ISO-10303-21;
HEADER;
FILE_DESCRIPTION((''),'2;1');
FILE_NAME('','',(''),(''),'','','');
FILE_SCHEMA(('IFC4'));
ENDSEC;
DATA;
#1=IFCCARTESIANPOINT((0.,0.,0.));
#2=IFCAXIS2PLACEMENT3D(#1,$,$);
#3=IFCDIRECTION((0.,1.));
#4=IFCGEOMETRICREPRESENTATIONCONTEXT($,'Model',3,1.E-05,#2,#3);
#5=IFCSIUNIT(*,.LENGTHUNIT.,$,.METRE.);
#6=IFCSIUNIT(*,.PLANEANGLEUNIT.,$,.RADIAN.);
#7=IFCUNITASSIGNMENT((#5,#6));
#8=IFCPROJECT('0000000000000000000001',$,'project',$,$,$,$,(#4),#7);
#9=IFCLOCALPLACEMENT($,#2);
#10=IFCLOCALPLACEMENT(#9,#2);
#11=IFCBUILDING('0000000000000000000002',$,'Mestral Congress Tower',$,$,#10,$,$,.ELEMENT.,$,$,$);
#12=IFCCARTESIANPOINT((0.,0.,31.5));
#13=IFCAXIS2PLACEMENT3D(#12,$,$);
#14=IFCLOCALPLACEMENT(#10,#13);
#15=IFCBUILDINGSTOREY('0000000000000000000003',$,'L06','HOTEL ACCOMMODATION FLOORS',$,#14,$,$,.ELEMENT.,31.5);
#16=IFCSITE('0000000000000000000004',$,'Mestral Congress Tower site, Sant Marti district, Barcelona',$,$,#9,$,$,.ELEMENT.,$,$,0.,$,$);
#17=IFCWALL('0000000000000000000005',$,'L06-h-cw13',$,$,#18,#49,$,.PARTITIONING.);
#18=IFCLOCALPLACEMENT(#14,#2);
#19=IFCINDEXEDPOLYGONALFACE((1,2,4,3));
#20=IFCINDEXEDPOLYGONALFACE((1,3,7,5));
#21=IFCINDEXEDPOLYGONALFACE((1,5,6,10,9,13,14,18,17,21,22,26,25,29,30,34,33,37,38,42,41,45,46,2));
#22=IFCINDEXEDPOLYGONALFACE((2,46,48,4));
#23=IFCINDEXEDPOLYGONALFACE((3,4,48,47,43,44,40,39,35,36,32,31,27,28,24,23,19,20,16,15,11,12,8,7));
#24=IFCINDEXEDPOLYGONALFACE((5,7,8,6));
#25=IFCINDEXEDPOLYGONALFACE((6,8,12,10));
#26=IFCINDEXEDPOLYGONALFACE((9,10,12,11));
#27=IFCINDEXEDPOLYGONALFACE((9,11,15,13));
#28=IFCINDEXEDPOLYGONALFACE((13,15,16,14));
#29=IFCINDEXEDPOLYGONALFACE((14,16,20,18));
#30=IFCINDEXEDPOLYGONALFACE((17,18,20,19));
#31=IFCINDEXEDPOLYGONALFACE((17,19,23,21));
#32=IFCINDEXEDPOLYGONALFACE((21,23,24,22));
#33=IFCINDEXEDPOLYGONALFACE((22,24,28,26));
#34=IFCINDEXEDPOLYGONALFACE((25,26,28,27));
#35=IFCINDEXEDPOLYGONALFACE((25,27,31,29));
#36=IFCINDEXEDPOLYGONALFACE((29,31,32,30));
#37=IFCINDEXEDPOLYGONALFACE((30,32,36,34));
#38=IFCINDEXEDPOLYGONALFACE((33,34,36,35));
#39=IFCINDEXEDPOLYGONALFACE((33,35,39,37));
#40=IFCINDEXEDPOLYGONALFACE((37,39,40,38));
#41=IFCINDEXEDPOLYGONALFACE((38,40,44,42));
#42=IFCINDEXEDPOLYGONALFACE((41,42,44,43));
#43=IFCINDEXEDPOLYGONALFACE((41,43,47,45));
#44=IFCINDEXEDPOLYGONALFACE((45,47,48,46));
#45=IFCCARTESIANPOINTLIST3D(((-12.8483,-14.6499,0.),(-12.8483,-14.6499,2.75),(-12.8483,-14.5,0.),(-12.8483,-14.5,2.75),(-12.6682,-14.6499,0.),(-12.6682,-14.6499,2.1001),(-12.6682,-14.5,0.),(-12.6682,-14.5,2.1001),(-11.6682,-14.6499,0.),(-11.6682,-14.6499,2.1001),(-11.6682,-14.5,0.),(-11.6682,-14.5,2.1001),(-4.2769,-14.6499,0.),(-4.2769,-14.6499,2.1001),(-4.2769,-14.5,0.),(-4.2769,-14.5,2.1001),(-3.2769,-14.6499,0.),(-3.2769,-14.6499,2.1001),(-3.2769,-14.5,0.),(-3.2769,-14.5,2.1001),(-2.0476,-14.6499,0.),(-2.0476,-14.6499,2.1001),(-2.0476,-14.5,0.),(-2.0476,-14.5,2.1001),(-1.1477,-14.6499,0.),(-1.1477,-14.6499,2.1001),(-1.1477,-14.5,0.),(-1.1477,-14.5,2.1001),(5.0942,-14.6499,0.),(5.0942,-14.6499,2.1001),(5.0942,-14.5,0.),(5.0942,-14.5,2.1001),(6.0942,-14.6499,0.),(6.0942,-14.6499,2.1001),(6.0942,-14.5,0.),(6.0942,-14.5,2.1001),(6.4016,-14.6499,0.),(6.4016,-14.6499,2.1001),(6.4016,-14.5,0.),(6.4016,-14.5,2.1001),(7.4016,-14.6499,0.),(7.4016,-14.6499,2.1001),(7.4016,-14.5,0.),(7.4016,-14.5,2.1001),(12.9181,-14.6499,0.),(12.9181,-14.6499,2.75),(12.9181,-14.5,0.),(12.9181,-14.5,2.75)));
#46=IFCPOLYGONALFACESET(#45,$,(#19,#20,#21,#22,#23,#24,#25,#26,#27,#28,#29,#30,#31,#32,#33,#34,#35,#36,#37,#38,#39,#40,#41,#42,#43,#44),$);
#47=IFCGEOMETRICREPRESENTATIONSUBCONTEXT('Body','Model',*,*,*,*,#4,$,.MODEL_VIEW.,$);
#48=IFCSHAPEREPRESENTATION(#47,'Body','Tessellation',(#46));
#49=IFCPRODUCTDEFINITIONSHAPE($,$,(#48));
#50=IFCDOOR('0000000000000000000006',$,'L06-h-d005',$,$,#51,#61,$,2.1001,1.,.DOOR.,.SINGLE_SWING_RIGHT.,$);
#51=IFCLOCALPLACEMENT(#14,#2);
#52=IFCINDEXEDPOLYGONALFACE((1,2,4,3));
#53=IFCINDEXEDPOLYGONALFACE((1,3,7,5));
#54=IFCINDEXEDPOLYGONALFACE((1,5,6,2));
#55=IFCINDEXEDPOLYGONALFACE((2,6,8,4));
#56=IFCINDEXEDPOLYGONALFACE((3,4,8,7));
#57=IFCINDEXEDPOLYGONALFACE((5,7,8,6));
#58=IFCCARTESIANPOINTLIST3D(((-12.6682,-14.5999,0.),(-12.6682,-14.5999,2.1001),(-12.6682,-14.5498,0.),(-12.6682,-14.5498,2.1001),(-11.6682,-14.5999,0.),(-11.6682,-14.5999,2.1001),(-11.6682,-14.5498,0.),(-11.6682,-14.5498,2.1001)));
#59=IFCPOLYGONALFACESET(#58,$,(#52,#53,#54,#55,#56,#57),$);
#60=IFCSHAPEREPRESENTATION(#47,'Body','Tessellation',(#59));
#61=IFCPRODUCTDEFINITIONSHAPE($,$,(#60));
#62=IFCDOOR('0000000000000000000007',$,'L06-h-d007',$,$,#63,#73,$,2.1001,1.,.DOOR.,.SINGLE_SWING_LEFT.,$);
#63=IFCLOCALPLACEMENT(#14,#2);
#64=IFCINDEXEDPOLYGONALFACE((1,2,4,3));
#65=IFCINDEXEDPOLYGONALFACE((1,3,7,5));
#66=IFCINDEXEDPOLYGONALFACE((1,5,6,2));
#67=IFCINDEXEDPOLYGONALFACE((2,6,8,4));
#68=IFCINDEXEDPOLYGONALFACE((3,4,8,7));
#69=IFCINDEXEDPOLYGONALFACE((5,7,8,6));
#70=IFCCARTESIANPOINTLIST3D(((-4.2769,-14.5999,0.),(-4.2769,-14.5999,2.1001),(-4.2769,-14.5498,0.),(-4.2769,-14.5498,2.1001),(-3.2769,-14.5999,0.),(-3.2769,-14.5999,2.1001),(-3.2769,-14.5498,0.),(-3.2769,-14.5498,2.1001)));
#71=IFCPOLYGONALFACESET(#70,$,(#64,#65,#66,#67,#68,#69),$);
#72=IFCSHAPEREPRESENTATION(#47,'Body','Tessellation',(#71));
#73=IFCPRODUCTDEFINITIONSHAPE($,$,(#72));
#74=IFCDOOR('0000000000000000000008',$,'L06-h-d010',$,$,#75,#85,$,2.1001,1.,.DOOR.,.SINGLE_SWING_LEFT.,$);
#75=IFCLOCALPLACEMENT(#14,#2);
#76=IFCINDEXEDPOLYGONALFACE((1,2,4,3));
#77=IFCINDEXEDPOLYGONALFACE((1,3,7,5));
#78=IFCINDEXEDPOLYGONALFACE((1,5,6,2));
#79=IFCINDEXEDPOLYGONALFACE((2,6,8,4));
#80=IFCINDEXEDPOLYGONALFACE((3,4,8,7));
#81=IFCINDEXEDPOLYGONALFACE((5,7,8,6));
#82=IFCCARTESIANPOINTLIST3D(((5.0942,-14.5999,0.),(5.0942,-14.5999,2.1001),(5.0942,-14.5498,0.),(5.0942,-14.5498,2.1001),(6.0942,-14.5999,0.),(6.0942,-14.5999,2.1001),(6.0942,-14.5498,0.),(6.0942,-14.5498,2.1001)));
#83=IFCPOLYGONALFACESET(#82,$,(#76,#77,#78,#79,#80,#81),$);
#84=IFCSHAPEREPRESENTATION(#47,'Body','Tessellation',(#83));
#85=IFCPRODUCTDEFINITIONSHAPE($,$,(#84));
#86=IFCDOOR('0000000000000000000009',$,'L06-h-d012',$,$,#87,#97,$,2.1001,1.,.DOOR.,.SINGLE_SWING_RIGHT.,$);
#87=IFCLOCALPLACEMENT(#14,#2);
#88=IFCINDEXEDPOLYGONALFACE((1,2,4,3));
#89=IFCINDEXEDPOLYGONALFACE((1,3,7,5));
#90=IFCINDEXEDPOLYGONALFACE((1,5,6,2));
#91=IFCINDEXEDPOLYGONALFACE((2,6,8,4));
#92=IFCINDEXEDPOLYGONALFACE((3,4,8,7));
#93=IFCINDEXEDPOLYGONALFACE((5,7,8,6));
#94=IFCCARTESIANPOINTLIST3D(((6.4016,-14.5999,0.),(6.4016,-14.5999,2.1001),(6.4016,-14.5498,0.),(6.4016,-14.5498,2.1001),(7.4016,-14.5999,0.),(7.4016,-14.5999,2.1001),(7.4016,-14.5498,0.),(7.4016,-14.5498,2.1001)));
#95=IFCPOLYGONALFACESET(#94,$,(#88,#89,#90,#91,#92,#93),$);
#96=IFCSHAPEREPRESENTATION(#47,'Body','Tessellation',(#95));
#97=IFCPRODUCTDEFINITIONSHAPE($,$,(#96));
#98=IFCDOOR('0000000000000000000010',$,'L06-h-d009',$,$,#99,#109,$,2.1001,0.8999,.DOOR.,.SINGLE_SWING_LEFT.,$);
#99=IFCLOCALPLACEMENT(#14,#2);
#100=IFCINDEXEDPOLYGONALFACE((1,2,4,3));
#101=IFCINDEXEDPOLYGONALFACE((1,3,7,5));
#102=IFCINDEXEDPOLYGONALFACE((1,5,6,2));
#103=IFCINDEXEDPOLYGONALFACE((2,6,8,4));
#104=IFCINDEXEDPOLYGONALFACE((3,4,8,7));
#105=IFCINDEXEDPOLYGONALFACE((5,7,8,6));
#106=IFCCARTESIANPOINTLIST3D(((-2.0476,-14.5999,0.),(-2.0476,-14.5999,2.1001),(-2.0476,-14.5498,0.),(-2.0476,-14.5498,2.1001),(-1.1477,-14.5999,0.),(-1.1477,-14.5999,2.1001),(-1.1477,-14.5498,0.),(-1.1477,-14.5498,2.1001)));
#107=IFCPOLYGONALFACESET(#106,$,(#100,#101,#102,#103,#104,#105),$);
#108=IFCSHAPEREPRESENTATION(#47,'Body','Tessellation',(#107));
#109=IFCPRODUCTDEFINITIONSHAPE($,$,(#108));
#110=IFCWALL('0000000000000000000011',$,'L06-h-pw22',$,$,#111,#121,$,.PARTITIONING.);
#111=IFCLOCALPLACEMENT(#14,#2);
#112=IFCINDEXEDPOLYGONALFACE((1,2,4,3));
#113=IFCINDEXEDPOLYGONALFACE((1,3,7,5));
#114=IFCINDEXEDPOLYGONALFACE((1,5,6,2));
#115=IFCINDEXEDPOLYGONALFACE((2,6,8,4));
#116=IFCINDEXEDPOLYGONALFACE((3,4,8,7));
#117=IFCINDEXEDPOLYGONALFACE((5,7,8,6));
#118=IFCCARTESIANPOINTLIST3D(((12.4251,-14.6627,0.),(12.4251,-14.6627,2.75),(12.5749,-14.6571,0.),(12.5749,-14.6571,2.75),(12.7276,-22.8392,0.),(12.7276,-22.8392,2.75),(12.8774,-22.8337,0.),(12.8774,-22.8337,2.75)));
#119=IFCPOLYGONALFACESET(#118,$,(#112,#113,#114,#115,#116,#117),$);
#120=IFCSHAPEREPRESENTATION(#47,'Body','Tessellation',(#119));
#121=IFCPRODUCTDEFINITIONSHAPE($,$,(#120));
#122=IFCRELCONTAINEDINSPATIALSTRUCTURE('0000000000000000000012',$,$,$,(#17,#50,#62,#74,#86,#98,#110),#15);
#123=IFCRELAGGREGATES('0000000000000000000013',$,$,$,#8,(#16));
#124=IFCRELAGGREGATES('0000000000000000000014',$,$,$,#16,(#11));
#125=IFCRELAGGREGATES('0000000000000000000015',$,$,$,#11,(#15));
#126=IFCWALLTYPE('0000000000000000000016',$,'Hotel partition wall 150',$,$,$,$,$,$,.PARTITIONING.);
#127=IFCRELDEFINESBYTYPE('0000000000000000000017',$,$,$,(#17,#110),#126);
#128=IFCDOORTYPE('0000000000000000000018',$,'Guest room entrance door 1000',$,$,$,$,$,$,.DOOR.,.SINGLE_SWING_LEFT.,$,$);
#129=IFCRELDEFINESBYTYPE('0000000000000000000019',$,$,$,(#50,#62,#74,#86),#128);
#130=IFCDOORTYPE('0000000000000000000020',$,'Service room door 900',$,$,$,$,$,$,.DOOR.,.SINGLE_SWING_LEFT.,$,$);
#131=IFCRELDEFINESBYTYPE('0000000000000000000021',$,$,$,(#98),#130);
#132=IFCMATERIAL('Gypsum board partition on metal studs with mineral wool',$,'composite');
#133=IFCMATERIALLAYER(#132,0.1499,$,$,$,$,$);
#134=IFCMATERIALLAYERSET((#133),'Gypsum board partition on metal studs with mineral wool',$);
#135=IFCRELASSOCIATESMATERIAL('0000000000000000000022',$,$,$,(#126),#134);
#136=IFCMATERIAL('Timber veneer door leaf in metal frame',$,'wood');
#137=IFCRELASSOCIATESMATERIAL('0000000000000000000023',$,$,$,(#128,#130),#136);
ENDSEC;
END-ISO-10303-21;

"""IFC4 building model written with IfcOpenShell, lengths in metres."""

from ifc_helpers import new_model, si_unit, direction, frame, frame_2d, origin, place, context, subcontext, project, spatial, rectangle, extrude, material, layer, layer_set, type_object, element, fill, save


model = new_model("IFC4")

# Units and contexts
model_context = context("Model", 3, precision=1e-05, world=origin(), true_north=direction((0.0, 1.0)))
body_context = subcontext(model_context, "Body", "Model", "MODEL_VIEW")
ifc_project = project(units=[si_unit("LENGTHUNIT", "METRE"), si_unit("PLANEANGLEUNIT", "RADIAN")], contexts=[model_context])

# Site, building, storey
site_placement = place(None, origin())
site = spatial("IfcSite", under=ifc_project, at=site_placement, Name="Mestral Congress Tower site, Sant Marti district, Barcelona", CompositionType="ELEMENT", RefElevation=0.0)
building_placement = place(site_placement, origin())
building = spatial("IfcBuilding", under=site, at=building_placement, Name="Mestral Congress Tower", CompositionType="ELEMENT")
storey_placement = place(building_placement, frame((0.0, 0.0, 31.5)))
storey = spatial("IfcBuildingStorey", under=building, at=storey_placement, Name="L06", Description="HOTEL ACCOMMODATION FLOORS", CompositionType="ELEMENT", Elevation=31.5)

# Shared definitions
ifc_material_1 = material(Name="Gypsum board partition on metal studs with mineral wool", Category="composite")

# Wall, openings, doors
ifc_layer_1 = layer(ifc_material_1, 0.1499)
ifc_layer_set_1 = layer_set([ifc_layer_1], Name="Gypsum board partition on metal studs with mineral wool")
wall_type_1 = type_object("IfcWallType", Name="Hotel partition wall 150", PredefinedType="PARTITIONING", material=ifc_layer_set_1)
wall_1_placement = place(storey_placement, frame((12.9182, -14.575, 0.0), z_axis=(0.0, 0.0, 1.0), x_axis=(-1.0, 0.0, 0.0)))
wall_1 = element("IfcWall", 1, at=wall_1_placement, inside=storey, type_object=wall_type_1, Name="L06-h-cw13", PredefinedType="PARTITIONING", context=body_context, shape_type="SweptSolid", body=[
    extrude(rectangle(XDim=25.7664, YDim=0.1499, at=frame_2d((12.8833, 0.0))), origin(), (0.0, 0.0, 1.0), 2.75),
])
opening_1_placement = place(wall_1_placement, frame((24.5864, 0.0, 0.0)))
opening_1 = element("IfcOpeningElement", 2, at=opening_1_placement, cuts=wall_1, PredefinedType="OPENING", context=body_context, shape_type="SweptSolid", body=[
    extrude(rectangle(XDim=1.0, YDim=2.1001, at=frame_2d((0.5, 1.05))), frame((0.0, 0.085, 0.0), z_axis=(0.0, -1.0, 0.0), x_axis=(1.0, 0.0, 0.0)), (0.0, 0.0, 1.0), 0.1699),
])
opening_2_placement = place(wall_1_placement, frame((16.1951, 0.0, 0.0)))
opening_2 = element("IfcOpeningElement", 3, at=opening_2_placement, cuts=wall_1, PredefinedType="OPENING", context=body_context, shape_type="SweptSolid", body=[
    extrude(rectangle(XDim=1.0, YDim=2.1001, at=frame_2d((0.5, 1.05))), frame((0.0, 0.085, 0.0), z_axis=(0.0, -1.0, 0.0), x_axis=(1.0, 0.0, 0.0)), (0.0, 0.0, 1.0), 0.1699),
])
opening_3_placement = place(wall_1_placement, frame((14.0659, 0.0, 0.0)))
opening_3 = element("IfcOpeningElement", 4, at=opening_3_placement, cuts=wall_1, PredefinedType="OPENING", context=body_context, shape_type="SweptSolid", body=[
    extrude(rectangle(XDim=0.8999, YDim=2.1001, at=frame_2d((0.45, 1.05))), frame((0.0, 0.085, 0.0), z_axis=(0.0, -1.0, 0.0), x_axis=(1.0, 0.0, 0.0)), (0.0, 0.0, 1.0), 0.1699),
])
opening_4_placement = place(wall_1_placement, frame((6.824, 0.0, 0.0)))
opening_4 = element("IfcOpeningElement", 5, at=opening_4_placement, cuts=wall_1, PredefinedType="OPENING", context=body_context, shape_type="SweptSolid", body=[
    extrude(rectangle(XDim=1.0, YDim=2.1001, at=frame_2d((0.5, 1.05))), frame((0.0, 0.085, 0.0), z_axis=(0.0, -1.0, 0.0), x_axis=(1.0, 0.0, 0.0)), (0.0, 0.0, 1.0), 0.1699),
])
opening_5_placement = place(wall_1_placement, frame((5.5166, 0.0, 0.0)))
opening_5 = element("IfcOpeningElement", 6, at=opening_5_placement, cuts=wall_1, PredefinedType="OPENING", context=body_context, shape_type="SweptSolid", body=[
    extrude(rectangle(XDim=1.0, YDim=2.1001, at=frame_2d((0.5, 1.05))), frame((0.0, 0.085, 0.0), z_axis=(0.0, -1.0, 0.0), x_axis=(1.0, 0.0, 0.0)), (0.0, 0.0, 1.0), 0.1699),
])
ifc_material_2 = material(Name="Timber veneer door leaf in metal frame", Category="wood")
door_type_1 = type_object("IfcDoorType", Name="Guest room entrance door 1000", OperationType="SINGLE_SWING_LEFT", PredefinedType="DOOR", material=ifc_material_2)
door_1_placement = place(opening_1_placement, origin())
door_1 = element("IfcDoor", 7, at=door_1_placement, inside=storey, type_object=door_type_1, Name="L06-h-d005", OperationType="SINGLE_SWING_RIGHT", OverallHeight=2.1001, OverallWidth=1.0, PredefinedType="DOOR", context=body_context, shape_type="SweptSolid", body=[
    extrude(rectangle(XDim=1.0, YDim=2.1001, at=frame_2d((0.5, 1.05))), frame((0.0, 0.0249, 0.0), z_axis=(0.0, -1.0, 0.0), x_axis=(1.0, 0.0, 0.0)), (0.0, 0.0, 1.0), 0.05),
])
fill(opening_1, door_1)
door_2_placement = place(opening_2_placement, origin())
door_2 = element("IfcDoor", 8, at=door_2_placement, inside=storey, type_object=door_type_1, Name="L06-h-d007", OperationType="SINGLE_SWING_LEFT", OverallHeight=2.1001, OverallWidth=1.0, PredefinedType="DOOR", context=body_context, shape_type="SweptSolid", body=[
    extrude(rectangle(XDim=1.0, YDim=2.1001, at=frame_2d((0.5, 1.05))), frame((0.0, 0.0249, 0.0), z_axis=(0.0, -1.0, 0.0), x_axis=(1.0, 0.0, 0.0)), (0.0, 0.0, 1.0), 0.05),
])
fill(opening_2, door_2)
door_3_placement = place(opening_4_placement, origin())
door_3 = element("IfcDoor", 9, at=door_3_placement, inside=storey, type_object=door_type_1, Name="L06-h-d010", OperationType="SINGLE_SWING_LEFT", OverallHeight=2.1001, OverallWidth=1.0, PredefinedType="DOOR", context=body_context, shape_type="SweptSolid", body=[
    extrude(rectangle(XDim=1.0, YDim=2.1001, at=frame_2d((0.5, 1.05))), frame((0.0, 0.0249, 0.0), z_axis=(0.0, -1.0, 0.0), x_axis=(1.0, 0.0, 0.0)), (0.0, 0.0, 1.0), 0.05),
])
fill(opening_4, door_3)
door_4_placement = place(opening_5_placement, origin())
door_4 = element("IfcDoor", 10, at=door_4_placement, inside=storey, type_object=door_type_1, Name="L06-h-d012", OperationType="SINGLE_SWING_RIGHT", OverallHeight=2.1001, OverallWidth=1.0, PredefinedType="DOOR", context=body_context, shape_type="SweptSolid", body=[
    extrude(rectangle(XDim=1.0, YDim=2.1001, at=frame_2d((0.5, 1.05))), frame((0.0, 0.0249, 0.0), z_axis=(0.0, -1.0, 0.0), x_axis=(1.0, 0.0, 0.0)), (0.0, 0.0, 1.0), 0.05),
])
fill(opening_5, door_4)
door_type_2 = type_object("IfcDoorType", Name="Service room door 900", OperationType="SINGLE_SWING_LEFT", PredefinedType="DOOR", material=ifc_material_2)
door_5_placement = place(opening_3_placement, origin())
door_5 = element("IfcDoor", 11, at=door_5_placement, inside=storey, type_object=door_type_2, Name="L06-h-d009", OperationType="SINGLE_SWING_LEFT", OverallHeight=2.1001, OverallWidth=0.8999, PredefinedType="DOOR", context=body_context, shape_type="SweptSolid", body=[
    extrude(rectangle(XDim=0.8999, YDim=2.1001, at=frame_2d((0.45, 1.05))), frame((0.0, 0.0249, 0.0), z_axis=(0.0, -1.0, 0.0), x_axis=(1.0, 0.0, 0.0)), (0.0, 0.0, 1.0), 0.05),
])
fill(opening_3, door_5)

# Wall
wall_2_placement = place(storey_placement, frame((12.8025, -22.8364, 0.0), z_axis=(0.0, 0.0, 1.0), x_axis=(-0.03697, 0.999316, 0.0)))
element("IfcWall", 12, at=wall_2_placement, inside=storey, type_object=wall_type_1, Name="L06-h-pw22", PredefinedType="PARTITIONING", context=body_context, shape_type="SweptSolid", body=[
    extrude(rectangle(XDim=8.1821, YDim=0.1499, at=frame_2d((4.0911, 0.0))), origin(), (0.0, 0.0, 1.0), 2.75),
])

save(model, "model.ifc")
